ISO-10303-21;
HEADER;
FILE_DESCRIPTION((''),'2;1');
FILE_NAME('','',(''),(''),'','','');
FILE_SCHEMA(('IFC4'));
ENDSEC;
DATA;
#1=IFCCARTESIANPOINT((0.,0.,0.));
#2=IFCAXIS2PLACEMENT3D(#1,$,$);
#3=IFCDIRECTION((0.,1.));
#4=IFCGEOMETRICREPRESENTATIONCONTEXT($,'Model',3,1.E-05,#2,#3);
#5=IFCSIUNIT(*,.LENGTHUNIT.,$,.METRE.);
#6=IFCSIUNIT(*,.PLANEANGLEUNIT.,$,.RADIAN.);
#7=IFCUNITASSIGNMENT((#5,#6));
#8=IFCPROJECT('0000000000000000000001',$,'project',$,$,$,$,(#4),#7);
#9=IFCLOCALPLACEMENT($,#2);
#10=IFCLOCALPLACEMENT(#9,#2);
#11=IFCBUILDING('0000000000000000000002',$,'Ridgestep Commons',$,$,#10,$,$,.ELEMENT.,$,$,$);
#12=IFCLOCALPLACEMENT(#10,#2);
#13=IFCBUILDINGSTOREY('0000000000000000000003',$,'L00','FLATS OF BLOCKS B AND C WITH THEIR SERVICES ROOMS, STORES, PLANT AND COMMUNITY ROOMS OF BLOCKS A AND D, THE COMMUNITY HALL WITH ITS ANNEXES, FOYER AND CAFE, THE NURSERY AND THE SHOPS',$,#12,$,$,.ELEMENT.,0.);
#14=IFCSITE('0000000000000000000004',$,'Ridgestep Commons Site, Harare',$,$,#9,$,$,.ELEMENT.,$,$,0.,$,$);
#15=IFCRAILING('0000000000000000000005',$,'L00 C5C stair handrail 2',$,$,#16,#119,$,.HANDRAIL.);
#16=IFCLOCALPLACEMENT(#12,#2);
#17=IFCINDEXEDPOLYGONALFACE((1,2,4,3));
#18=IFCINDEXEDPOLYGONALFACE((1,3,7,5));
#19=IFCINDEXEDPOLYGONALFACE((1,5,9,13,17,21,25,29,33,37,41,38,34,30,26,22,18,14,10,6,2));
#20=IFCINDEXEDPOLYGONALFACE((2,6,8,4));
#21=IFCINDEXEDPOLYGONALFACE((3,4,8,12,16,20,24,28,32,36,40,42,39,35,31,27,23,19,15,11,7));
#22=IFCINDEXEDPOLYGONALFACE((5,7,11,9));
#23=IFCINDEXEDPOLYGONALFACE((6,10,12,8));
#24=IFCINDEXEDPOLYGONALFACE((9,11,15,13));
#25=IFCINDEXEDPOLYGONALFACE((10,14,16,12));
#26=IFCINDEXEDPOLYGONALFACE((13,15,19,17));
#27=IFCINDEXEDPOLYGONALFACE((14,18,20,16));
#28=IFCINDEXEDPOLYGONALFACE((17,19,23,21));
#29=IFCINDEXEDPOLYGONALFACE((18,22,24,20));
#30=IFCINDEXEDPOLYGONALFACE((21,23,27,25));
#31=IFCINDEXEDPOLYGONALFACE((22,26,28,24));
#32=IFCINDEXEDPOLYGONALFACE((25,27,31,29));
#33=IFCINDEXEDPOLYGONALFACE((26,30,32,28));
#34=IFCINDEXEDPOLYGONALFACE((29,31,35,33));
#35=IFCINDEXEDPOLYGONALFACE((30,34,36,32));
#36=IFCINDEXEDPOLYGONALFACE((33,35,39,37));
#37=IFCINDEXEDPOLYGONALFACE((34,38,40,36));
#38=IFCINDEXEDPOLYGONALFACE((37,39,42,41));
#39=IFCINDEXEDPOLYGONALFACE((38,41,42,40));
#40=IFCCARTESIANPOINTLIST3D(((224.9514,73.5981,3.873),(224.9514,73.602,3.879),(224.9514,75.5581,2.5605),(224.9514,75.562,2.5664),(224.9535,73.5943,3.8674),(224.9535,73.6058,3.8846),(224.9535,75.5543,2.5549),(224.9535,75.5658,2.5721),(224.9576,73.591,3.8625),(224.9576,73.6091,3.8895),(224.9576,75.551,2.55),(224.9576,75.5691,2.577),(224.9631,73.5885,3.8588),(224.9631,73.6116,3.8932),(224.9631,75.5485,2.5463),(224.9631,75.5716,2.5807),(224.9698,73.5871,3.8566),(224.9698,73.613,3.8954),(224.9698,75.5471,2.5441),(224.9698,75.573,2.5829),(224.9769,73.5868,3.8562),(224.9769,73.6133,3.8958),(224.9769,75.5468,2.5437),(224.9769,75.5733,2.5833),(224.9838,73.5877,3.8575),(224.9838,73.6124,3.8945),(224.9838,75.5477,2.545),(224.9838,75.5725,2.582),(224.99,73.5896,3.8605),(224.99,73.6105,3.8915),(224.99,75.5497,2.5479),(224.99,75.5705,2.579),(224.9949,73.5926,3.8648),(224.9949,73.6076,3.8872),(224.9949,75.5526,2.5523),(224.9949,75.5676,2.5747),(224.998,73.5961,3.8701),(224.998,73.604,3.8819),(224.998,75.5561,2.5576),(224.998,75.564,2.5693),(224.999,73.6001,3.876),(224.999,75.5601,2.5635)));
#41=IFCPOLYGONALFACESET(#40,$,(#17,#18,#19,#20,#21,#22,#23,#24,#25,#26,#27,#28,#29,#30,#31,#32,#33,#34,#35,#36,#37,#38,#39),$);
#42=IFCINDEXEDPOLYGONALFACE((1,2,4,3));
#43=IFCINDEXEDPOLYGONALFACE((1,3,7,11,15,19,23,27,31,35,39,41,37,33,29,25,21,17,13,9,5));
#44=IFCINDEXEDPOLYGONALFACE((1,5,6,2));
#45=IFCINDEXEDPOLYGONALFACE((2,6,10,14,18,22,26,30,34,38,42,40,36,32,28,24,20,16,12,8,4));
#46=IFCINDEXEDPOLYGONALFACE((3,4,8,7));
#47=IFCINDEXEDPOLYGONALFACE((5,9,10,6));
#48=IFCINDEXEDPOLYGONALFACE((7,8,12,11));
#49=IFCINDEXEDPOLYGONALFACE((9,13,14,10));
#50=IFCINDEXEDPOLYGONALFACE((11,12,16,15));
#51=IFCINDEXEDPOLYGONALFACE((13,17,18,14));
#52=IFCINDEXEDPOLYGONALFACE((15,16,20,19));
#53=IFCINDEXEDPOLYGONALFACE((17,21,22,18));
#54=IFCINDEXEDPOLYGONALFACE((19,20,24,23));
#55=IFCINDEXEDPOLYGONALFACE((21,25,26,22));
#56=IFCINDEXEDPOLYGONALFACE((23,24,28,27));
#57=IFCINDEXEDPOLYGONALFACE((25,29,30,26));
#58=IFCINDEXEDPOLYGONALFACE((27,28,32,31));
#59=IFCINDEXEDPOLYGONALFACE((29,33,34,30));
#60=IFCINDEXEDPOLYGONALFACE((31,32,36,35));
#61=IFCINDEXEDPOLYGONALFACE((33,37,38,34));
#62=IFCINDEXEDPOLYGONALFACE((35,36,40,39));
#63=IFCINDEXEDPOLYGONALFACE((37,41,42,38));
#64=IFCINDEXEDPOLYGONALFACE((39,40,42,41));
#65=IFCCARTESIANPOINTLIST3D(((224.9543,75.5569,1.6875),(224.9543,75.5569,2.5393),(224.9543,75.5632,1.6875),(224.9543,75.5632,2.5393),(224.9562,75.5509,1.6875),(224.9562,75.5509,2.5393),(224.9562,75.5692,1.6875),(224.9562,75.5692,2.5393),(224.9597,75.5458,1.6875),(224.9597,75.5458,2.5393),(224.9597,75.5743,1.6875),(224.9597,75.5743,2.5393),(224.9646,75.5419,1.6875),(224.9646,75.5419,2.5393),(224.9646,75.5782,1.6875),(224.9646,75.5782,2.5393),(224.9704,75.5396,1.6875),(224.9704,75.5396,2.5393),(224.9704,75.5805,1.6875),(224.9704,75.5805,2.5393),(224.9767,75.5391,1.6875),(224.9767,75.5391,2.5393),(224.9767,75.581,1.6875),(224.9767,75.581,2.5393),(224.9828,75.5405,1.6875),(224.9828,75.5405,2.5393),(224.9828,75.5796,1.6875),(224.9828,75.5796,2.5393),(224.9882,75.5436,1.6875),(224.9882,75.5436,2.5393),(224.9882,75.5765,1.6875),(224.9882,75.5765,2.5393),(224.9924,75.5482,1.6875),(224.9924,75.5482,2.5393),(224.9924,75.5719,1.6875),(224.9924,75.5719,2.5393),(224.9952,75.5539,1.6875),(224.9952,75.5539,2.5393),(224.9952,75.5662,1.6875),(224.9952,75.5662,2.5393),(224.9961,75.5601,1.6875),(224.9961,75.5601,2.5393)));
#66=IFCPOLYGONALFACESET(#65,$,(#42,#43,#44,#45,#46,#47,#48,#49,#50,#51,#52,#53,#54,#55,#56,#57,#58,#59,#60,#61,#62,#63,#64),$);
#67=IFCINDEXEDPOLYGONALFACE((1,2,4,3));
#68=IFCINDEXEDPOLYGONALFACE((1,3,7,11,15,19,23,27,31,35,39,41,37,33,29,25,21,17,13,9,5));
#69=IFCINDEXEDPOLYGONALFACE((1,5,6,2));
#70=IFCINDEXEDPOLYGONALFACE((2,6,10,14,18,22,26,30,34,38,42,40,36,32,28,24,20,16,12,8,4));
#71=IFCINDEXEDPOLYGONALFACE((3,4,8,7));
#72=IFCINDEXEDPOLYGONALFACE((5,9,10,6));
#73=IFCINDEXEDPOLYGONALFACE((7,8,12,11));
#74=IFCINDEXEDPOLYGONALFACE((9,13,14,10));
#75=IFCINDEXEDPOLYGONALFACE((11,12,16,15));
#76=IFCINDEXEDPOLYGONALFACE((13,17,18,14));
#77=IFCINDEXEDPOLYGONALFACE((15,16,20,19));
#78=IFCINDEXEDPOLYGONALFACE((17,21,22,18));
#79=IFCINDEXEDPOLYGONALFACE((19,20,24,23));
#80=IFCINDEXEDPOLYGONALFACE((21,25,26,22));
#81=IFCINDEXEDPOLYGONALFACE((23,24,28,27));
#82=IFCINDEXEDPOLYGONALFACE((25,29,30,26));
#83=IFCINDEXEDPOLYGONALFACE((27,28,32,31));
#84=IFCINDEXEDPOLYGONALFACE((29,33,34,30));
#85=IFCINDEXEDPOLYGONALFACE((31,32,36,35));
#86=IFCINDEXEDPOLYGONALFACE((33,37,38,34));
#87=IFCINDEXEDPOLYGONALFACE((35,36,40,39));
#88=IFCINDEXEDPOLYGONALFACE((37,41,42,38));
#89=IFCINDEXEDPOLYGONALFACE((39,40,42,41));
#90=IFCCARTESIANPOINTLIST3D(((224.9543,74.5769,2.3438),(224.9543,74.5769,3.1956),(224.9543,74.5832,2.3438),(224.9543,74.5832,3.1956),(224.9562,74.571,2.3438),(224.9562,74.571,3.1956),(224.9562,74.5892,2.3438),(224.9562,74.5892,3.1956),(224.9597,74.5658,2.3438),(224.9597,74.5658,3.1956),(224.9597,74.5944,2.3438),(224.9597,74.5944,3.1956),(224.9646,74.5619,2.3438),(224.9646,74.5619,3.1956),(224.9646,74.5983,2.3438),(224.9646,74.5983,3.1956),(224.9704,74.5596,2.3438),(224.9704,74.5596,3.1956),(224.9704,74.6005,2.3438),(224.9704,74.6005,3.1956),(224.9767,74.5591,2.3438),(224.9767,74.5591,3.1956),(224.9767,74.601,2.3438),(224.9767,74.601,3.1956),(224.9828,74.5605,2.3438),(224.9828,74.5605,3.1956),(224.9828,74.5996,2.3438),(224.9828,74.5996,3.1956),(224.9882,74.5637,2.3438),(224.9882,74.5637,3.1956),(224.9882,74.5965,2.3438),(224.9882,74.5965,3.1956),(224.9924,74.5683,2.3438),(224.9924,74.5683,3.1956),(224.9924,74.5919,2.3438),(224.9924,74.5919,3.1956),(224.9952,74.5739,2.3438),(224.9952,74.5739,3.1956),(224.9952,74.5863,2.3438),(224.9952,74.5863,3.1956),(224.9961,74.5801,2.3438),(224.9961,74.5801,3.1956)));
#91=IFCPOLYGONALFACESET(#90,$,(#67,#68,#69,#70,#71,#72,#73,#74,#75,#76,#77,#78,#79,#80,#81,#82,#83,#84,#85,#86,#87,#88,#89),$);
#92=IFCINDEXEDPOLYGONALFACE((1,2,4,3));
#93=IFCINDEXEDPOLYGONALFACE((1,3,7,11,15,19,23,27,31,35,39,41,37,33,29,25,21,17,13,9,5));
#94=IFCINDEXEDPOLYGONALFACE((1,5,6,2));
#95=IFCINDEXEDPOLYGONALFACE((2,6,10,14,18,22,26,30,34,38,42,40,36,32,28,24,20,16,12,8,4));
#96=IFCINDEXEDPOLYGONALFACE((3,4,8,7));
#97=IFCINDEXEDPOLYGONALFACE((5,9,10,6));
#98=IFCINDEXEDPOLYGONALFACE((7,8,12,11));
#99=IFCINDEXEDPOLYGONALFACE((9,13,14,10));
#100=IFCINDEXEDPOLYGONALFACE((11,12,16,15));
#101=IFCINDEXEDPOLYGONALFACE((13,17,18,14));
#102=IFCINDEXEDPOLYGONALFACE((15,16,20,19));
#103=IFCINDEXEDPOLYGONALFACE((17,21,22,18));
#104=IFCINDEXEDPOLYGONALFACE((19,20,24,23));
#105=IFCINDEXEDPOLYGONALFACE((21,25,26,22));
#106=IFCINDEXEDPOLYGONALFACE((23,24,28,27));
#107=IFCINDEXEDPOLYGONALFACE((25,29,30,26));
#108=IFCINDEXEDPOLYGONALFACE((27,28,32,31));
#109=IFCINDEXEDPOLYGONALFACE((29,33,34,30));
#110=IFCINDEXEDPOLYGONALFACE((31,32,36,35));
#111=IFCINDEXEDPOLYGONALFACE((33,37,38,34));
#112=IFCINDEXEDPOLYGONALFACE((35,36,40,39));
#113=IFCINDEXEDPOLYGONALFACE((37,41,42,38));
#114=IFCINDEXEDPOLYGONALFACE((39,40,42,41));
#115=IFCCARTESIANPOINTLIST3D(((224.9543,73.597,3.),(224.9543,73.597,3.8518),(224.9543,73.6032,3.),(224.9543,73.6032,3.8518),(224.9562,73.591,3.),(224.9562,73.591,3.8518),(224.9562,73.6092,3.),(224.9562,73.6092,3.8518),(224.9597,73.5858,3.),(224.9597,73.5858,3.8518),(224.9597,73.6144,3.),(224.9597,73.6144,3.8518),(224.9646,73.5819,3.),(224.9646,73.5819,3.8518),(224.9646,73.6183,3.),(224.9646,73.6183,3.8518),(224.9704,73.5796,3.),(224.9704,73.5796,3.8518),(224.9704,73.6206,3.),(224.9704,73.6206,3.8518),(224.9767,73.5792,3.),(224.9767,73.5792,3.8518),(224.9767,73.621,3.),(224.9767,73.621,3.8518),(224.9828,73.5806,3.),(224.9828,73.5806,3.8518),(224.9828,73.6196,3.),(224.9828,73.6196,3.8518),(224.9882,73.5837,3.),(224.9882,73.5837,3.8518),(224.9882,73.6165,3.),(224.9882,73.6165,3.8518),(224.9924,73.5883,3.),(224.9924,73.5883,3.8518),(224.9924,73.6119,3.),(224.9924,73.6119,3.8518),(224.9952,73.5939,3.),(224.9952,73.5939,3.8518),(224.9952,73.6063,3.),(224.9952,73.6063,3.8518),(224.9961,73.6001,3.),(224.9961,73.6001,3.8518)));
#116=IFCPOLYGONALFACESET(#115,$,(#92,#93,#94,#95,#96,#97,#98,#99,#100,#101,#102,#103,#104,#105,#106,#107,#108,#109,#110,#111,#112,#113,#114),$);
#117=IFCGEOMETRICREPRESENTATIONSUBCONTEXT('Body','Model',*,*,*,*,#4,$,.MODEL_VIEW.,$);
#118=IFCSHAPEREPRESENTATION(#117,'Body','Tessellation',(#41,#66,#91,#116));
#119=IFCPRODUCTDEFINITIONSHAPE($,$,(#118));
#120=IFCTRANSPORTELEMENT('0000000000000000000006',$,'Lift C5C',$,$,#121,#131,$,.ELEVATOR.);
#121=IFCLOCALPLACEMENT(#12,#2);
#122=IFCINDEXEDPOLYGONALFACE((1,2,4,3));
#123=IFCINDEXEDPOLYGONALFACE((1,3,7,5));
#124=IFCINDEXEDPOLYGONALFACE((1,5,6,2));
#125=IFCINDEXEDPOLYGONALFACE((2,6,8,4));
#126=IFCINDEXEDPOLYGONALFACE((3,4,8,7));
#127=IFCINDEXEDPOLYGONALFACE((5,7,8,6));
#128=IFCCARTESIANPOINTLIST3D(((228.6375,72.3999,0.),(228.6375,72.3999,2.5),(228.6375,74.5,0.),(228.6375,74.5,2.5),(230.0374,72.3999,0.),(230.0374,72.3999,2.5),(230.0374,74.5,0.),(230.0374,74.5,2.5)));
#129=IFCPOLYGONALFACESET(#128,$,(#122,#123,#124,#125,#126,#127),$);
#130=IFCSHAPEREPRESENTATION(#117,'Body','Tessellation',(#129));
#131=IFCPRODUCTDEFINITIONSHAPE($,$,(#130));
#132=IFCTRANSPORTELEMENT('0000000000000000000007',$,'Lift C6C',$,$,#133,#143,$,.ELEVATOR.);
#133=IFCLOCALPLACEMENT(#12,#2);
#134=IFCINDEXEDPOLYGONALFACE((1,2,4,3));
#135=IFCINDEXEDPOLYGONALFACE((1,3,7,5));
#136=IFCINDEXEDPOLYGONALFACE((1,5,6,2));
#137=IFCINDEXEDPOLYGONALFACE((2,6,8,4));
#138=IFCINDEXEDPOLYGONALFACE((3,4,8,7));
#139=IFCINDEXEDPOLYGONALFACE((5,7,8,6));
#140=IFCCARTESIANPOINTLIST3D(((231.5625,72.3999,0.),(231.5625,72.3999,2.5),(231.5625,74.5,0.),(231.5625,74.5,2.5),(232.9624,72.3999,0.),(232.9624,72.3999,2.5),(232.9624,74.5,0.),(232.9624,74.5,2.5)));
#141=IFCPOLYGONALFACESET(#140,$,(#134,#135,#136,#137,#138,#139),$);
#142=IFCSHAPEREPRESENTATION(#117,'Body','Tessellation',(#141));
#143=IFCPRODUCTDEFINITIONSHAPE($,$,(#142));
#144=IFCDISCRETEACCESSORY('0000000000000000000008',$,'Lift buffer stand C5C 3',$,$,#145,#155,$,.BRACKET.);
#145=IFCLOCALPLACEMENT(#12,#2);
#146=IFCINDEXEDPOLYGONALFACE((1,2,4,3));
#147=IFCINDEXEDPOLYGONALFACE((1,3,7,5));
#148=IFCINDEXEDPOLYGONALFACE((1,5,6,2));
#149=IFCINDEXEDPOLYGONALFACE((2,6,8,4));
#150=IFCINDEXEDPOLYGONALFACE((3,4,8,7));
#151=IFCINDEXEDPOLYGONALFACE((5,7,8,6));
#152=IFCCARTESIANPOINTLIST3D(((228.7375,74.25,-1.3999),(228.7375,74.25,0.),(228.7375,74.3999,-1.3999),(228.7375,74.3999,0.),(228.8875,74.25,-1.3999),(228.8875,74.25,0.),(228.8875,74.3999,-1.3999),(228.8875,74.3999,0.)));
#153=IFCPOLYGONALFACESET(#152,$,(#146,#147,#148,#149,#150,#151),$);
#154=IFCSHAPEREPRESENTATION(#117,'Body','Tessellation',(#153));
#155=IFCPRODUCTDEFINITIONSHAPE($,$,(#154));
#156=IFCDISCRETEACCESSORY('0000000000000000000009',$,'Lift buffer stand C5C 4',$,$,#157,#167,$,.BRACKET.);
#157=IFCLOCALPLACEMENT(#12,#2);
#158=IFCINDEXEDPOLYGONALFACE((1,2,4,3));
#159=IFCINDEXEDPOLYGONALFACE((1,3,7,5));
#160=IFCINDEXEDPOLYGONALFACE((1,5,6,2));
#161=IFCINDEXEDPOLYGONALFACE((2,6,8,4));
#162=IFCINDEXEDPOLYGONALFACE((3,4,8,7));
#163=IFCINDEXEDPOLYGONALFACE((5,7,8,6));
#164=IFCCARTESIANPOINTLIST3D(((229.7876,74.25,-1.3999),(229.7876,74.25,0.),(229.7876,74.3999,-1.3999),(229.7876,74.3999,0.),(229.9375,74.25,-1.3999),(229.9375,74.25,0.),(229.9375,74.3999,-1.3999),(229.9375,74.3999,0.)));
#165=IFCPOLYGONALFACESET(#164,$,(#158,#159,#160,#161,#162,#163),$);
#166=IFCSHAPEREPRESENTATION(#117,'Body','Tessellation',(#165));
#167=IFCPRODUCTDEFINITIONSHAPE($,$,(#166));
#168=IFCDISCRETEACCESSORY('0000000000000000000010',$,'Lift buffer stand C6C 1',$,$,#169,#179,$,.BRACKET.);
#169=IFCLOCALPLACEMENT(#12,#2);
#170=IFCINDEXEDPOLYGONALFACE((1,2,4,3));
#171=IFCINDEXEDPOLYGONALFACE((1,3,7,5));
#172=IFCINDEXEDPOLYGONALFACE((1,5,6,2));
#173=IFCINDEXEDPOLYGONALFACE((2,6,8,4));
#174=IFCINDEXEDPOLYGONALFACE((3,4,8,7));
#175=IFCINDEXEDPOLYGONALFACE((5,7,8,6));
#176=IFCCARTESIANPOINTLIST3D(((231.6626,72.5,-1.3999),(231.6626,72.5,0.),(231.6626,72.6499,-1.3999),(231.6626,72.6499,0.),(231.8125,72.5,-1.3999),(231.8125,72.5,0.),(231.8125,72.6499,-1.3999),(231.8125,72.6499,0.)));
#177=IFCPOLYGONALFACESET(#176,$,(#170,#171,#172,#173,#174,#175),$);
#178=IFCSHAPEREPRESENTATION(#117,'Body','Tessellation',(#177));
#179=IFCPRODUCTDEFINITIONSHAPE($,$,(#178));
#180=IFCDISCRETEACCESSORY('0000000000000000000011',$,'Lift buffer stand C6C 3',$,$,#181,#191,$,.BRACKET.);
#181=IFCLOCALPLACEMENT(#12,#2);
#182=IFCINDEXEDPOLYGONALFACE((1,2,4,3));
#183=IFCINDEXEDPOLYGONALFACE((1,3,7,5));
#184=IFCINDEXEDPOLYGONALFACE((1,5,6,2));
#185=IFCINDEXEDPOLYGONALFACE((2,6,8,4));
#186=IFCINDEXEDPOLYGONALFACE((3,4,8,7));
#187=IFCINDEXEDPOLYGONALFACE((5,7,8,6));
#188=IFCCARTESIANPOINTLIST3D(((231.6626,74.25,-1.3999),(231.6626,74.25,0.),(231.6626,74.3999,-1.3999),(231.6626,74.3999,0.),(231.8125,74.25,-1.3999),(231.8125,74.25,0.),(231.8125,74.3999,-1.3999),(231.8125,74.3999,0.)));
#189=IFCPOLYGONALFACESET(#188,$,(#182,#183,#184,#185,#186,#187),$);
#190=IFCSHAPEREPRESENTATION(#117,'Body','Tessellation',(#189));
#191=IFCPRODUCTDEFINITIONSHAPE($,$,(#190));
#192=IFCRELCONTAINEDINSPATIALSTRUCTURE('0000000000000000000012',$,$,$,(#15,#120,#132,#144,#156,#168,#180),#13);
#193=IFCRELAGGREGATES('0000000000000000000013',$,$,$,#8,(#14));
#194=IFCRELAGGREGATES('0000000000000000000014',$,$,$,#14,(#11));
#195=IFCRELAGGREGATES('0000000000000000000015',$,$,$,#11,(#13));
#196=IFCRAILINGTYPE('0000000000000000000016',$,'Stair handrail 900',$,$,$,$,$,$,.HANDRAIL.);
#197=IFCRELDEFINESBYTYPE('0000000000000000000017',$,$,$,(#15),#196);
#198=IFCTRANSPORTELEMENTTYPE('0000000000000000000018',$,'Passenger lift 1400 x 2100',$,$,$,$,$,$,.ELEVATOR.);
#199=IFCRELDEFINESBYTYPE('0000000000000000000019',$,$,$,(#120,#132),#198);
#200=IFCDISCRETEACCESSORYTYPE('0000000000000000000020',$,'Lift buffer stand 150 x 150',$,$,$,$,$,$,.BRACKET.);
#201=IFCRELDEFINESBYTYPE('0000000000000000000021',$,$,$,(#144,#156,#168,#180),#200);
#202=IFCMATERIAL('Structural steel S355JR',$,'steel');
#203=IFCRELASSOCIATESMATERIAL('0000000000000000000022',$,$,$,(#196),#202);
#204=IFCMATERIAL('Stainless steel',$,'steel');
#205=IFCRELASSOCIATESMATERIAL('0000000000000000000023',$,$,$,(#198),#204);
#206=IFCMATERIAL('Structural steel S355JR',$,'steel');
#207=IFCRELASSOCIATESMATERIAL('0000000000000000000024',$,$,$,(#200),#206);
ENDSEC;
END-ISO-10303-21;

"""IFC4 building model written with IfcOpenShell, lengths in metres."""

from ifc_helpers import new_model, si_unit, direction, frame, origin, origin_2d, place, context, subcontext, project, spatial, rectangle, circle, extrude, material, type_object, element, save


model = new_model("IFC4")

# Units and contexts
model_context = context("Model", 3, precision=1e-05, world=origin(), true_north=direction((0.0, 1.0)))
body_context = subcontext(model_context, "Body", "Model", "MODEL_VIEW")
ifc_project = project(units=[si_unit("LENGTHUNIT", "METRE"), si_unit("PLANEANGLEUNIT", "RADIAN")], contexts=[model_context])

# Site, building, storey
site_placement = place(None, origin())
site = spatial("IfcSite", under=ifc_project, at=site_placement, Name="Ridgestep Commons Site, Harare", CompositionType="ELEMENT", RefElevation=0.0)
building_placement = place(site_placement, origin())
building = spatial("IfcBuilding", under=site, at=building_placement, Name="Ridgestep Commons", CompositionType="ELEMENT")
storey_placement = place(building_placement, origin())
storey = spatial("IfcBuildingStorey", under=building, at=storey_placement, Name="L00", Description="FLATS OF BLOCKS B AND C WITH THEIR SERVICES ROOMS, STORES, PLANT AND COMMUNITY ROOMS OF BLOCKS A AND D, THE COMMUNITY HALL WITH ITS ANNEXES, FOYER AND CAFE, THE NURSERY AND THE SHOPS", CompositionType="ELEMENT", Elevation=0.0)

# Railing
ifc_material_1 = material(Name="Structural steel S355JR", Category="steel")
railing_type_1 = type_object("IfcRailingType", Name="Stair handrail 900", PredefinedType="HANDRAIL", material=ifc_material_1)
railing_1_placement = place(storey_placement, frame((224.9751, 75.5601, 1.6875)))
element("IfcRailing", 1, at=railing_1_placement, inside=storey, type_object=railing_type_1, Name="L00 C5C stair handrail 2", PredefinedType="HANDRAIL", context=body_context, shape_type="SweptSolid", body=[
    extrude(circle(Radius=0.0239, at=origin_2d()), frame((0.0, 0.0, 0.876), z_axis=(0.0, -0.830902, 0.556419), x_axis=(1.0, 0.0, 0.0)), (0.0, 0.0, 1.0), 2.3589),
    extrude(circle(Radius=0.021, at=origin_2d()), origin(), (0.0, 0.0, 1.0), 0.8518),
    extrude(circle(Radius=0.021, at=origin_2d()), frame((0.0, -0.98, 0.6562)), (0.0, 0.0, 1.0), 0.8518),
    extrude(circle(Radius=0.021, at=origin_2d()), frame((0.0, -1.96, 1.3125)), (0.0, 0.0, 1.0), 0.8518),
])

# Transport elements
ifc_material_2 = material(Name="Stainless steel", Category="steel")
transport_element_type = type_object("IfcTransportElementType", Name="Passenger lift 1400 x 2100", PredefinedType="ELEVATOR", material=ifc_material_2)
for number, where, z_axis, x_axis, name in (
    (2, (229.3374, 73.45, 0.0), (0.0, 0.0, 1.0), (1.0, 0.0, 0.0), "Lift C5C"),
    (3, (232.2625, 73.45, 0.0), (0.0, 0.0, 1.0), (1.0, 0.0, 0.0), "Lift C6C"),
):
    element("IfcTransportElement", number, at=place(storey_placement, frame(where, z_axis=z_axis, x_axis=x_axis)), inside=storey, type_object=transport_element_type, Name=name, PredefinedType="ELEVATOR", context=body_context, shape_type="SweptSolid", body=[
        extrude(rectangle(XDim=1.3999, YDim=2.1001, at=origin_2d()), origin(), (0.0, 0.0, 1.0), 2.5),
    ])

# Discrete accessories
ifc_material_3 = material(Name="Structural steel S355JR", Category="steel")
discrete_accessory_type = type_object("IfcDiscreteAccessoryType", Name="Lift buffer stand 150 x 150", PredefinedType="BRACKET", material=ifc_material_3)
for number, where, z_axis, x_axis, name in (
    (4, (228.8125, 74.325, -1.3999), (0.0, 0.0, 1.0), (1.0, 0.0, 0.0), "Lift buffer stand C5C 3"),
    (5, (229.8625, 74.325, -1.3999), (0.0, 0.0, 1.0), (1.0, 0.0, 0.0), "Lift buffer stand C5C 4"),
    (6, (231.7375, 72.575, -1.3999), (0.0, 0.0, 1.0), (1.0, 0.0, 0.0), "Lift buffer stand C6C 1"),
    (7, (231.7375, 74.325, -1.3999), (0.0, 0.0, 1.0), (1.0, 0.0, 0.0), "Lift buffer stand C6C 3"),
):
    element("IfcDiscreteAccessory", number, at=place(storey_placement, frame(where, z_axis=z_axis, x_axis=x_axis)), inside=storey, type_object=discrete_accessory_type, Name=name, PredefinedType="BRACKET", context=body_context, shape_type="SweptSolid", body=[
        extrude(rectangle(XDim=0.1499, YDim=0.1499, at=origin_2d()), origin(), (0.0, 0.0, 1.0), 1.3999),
    ])

save(model, "model.ifc")
